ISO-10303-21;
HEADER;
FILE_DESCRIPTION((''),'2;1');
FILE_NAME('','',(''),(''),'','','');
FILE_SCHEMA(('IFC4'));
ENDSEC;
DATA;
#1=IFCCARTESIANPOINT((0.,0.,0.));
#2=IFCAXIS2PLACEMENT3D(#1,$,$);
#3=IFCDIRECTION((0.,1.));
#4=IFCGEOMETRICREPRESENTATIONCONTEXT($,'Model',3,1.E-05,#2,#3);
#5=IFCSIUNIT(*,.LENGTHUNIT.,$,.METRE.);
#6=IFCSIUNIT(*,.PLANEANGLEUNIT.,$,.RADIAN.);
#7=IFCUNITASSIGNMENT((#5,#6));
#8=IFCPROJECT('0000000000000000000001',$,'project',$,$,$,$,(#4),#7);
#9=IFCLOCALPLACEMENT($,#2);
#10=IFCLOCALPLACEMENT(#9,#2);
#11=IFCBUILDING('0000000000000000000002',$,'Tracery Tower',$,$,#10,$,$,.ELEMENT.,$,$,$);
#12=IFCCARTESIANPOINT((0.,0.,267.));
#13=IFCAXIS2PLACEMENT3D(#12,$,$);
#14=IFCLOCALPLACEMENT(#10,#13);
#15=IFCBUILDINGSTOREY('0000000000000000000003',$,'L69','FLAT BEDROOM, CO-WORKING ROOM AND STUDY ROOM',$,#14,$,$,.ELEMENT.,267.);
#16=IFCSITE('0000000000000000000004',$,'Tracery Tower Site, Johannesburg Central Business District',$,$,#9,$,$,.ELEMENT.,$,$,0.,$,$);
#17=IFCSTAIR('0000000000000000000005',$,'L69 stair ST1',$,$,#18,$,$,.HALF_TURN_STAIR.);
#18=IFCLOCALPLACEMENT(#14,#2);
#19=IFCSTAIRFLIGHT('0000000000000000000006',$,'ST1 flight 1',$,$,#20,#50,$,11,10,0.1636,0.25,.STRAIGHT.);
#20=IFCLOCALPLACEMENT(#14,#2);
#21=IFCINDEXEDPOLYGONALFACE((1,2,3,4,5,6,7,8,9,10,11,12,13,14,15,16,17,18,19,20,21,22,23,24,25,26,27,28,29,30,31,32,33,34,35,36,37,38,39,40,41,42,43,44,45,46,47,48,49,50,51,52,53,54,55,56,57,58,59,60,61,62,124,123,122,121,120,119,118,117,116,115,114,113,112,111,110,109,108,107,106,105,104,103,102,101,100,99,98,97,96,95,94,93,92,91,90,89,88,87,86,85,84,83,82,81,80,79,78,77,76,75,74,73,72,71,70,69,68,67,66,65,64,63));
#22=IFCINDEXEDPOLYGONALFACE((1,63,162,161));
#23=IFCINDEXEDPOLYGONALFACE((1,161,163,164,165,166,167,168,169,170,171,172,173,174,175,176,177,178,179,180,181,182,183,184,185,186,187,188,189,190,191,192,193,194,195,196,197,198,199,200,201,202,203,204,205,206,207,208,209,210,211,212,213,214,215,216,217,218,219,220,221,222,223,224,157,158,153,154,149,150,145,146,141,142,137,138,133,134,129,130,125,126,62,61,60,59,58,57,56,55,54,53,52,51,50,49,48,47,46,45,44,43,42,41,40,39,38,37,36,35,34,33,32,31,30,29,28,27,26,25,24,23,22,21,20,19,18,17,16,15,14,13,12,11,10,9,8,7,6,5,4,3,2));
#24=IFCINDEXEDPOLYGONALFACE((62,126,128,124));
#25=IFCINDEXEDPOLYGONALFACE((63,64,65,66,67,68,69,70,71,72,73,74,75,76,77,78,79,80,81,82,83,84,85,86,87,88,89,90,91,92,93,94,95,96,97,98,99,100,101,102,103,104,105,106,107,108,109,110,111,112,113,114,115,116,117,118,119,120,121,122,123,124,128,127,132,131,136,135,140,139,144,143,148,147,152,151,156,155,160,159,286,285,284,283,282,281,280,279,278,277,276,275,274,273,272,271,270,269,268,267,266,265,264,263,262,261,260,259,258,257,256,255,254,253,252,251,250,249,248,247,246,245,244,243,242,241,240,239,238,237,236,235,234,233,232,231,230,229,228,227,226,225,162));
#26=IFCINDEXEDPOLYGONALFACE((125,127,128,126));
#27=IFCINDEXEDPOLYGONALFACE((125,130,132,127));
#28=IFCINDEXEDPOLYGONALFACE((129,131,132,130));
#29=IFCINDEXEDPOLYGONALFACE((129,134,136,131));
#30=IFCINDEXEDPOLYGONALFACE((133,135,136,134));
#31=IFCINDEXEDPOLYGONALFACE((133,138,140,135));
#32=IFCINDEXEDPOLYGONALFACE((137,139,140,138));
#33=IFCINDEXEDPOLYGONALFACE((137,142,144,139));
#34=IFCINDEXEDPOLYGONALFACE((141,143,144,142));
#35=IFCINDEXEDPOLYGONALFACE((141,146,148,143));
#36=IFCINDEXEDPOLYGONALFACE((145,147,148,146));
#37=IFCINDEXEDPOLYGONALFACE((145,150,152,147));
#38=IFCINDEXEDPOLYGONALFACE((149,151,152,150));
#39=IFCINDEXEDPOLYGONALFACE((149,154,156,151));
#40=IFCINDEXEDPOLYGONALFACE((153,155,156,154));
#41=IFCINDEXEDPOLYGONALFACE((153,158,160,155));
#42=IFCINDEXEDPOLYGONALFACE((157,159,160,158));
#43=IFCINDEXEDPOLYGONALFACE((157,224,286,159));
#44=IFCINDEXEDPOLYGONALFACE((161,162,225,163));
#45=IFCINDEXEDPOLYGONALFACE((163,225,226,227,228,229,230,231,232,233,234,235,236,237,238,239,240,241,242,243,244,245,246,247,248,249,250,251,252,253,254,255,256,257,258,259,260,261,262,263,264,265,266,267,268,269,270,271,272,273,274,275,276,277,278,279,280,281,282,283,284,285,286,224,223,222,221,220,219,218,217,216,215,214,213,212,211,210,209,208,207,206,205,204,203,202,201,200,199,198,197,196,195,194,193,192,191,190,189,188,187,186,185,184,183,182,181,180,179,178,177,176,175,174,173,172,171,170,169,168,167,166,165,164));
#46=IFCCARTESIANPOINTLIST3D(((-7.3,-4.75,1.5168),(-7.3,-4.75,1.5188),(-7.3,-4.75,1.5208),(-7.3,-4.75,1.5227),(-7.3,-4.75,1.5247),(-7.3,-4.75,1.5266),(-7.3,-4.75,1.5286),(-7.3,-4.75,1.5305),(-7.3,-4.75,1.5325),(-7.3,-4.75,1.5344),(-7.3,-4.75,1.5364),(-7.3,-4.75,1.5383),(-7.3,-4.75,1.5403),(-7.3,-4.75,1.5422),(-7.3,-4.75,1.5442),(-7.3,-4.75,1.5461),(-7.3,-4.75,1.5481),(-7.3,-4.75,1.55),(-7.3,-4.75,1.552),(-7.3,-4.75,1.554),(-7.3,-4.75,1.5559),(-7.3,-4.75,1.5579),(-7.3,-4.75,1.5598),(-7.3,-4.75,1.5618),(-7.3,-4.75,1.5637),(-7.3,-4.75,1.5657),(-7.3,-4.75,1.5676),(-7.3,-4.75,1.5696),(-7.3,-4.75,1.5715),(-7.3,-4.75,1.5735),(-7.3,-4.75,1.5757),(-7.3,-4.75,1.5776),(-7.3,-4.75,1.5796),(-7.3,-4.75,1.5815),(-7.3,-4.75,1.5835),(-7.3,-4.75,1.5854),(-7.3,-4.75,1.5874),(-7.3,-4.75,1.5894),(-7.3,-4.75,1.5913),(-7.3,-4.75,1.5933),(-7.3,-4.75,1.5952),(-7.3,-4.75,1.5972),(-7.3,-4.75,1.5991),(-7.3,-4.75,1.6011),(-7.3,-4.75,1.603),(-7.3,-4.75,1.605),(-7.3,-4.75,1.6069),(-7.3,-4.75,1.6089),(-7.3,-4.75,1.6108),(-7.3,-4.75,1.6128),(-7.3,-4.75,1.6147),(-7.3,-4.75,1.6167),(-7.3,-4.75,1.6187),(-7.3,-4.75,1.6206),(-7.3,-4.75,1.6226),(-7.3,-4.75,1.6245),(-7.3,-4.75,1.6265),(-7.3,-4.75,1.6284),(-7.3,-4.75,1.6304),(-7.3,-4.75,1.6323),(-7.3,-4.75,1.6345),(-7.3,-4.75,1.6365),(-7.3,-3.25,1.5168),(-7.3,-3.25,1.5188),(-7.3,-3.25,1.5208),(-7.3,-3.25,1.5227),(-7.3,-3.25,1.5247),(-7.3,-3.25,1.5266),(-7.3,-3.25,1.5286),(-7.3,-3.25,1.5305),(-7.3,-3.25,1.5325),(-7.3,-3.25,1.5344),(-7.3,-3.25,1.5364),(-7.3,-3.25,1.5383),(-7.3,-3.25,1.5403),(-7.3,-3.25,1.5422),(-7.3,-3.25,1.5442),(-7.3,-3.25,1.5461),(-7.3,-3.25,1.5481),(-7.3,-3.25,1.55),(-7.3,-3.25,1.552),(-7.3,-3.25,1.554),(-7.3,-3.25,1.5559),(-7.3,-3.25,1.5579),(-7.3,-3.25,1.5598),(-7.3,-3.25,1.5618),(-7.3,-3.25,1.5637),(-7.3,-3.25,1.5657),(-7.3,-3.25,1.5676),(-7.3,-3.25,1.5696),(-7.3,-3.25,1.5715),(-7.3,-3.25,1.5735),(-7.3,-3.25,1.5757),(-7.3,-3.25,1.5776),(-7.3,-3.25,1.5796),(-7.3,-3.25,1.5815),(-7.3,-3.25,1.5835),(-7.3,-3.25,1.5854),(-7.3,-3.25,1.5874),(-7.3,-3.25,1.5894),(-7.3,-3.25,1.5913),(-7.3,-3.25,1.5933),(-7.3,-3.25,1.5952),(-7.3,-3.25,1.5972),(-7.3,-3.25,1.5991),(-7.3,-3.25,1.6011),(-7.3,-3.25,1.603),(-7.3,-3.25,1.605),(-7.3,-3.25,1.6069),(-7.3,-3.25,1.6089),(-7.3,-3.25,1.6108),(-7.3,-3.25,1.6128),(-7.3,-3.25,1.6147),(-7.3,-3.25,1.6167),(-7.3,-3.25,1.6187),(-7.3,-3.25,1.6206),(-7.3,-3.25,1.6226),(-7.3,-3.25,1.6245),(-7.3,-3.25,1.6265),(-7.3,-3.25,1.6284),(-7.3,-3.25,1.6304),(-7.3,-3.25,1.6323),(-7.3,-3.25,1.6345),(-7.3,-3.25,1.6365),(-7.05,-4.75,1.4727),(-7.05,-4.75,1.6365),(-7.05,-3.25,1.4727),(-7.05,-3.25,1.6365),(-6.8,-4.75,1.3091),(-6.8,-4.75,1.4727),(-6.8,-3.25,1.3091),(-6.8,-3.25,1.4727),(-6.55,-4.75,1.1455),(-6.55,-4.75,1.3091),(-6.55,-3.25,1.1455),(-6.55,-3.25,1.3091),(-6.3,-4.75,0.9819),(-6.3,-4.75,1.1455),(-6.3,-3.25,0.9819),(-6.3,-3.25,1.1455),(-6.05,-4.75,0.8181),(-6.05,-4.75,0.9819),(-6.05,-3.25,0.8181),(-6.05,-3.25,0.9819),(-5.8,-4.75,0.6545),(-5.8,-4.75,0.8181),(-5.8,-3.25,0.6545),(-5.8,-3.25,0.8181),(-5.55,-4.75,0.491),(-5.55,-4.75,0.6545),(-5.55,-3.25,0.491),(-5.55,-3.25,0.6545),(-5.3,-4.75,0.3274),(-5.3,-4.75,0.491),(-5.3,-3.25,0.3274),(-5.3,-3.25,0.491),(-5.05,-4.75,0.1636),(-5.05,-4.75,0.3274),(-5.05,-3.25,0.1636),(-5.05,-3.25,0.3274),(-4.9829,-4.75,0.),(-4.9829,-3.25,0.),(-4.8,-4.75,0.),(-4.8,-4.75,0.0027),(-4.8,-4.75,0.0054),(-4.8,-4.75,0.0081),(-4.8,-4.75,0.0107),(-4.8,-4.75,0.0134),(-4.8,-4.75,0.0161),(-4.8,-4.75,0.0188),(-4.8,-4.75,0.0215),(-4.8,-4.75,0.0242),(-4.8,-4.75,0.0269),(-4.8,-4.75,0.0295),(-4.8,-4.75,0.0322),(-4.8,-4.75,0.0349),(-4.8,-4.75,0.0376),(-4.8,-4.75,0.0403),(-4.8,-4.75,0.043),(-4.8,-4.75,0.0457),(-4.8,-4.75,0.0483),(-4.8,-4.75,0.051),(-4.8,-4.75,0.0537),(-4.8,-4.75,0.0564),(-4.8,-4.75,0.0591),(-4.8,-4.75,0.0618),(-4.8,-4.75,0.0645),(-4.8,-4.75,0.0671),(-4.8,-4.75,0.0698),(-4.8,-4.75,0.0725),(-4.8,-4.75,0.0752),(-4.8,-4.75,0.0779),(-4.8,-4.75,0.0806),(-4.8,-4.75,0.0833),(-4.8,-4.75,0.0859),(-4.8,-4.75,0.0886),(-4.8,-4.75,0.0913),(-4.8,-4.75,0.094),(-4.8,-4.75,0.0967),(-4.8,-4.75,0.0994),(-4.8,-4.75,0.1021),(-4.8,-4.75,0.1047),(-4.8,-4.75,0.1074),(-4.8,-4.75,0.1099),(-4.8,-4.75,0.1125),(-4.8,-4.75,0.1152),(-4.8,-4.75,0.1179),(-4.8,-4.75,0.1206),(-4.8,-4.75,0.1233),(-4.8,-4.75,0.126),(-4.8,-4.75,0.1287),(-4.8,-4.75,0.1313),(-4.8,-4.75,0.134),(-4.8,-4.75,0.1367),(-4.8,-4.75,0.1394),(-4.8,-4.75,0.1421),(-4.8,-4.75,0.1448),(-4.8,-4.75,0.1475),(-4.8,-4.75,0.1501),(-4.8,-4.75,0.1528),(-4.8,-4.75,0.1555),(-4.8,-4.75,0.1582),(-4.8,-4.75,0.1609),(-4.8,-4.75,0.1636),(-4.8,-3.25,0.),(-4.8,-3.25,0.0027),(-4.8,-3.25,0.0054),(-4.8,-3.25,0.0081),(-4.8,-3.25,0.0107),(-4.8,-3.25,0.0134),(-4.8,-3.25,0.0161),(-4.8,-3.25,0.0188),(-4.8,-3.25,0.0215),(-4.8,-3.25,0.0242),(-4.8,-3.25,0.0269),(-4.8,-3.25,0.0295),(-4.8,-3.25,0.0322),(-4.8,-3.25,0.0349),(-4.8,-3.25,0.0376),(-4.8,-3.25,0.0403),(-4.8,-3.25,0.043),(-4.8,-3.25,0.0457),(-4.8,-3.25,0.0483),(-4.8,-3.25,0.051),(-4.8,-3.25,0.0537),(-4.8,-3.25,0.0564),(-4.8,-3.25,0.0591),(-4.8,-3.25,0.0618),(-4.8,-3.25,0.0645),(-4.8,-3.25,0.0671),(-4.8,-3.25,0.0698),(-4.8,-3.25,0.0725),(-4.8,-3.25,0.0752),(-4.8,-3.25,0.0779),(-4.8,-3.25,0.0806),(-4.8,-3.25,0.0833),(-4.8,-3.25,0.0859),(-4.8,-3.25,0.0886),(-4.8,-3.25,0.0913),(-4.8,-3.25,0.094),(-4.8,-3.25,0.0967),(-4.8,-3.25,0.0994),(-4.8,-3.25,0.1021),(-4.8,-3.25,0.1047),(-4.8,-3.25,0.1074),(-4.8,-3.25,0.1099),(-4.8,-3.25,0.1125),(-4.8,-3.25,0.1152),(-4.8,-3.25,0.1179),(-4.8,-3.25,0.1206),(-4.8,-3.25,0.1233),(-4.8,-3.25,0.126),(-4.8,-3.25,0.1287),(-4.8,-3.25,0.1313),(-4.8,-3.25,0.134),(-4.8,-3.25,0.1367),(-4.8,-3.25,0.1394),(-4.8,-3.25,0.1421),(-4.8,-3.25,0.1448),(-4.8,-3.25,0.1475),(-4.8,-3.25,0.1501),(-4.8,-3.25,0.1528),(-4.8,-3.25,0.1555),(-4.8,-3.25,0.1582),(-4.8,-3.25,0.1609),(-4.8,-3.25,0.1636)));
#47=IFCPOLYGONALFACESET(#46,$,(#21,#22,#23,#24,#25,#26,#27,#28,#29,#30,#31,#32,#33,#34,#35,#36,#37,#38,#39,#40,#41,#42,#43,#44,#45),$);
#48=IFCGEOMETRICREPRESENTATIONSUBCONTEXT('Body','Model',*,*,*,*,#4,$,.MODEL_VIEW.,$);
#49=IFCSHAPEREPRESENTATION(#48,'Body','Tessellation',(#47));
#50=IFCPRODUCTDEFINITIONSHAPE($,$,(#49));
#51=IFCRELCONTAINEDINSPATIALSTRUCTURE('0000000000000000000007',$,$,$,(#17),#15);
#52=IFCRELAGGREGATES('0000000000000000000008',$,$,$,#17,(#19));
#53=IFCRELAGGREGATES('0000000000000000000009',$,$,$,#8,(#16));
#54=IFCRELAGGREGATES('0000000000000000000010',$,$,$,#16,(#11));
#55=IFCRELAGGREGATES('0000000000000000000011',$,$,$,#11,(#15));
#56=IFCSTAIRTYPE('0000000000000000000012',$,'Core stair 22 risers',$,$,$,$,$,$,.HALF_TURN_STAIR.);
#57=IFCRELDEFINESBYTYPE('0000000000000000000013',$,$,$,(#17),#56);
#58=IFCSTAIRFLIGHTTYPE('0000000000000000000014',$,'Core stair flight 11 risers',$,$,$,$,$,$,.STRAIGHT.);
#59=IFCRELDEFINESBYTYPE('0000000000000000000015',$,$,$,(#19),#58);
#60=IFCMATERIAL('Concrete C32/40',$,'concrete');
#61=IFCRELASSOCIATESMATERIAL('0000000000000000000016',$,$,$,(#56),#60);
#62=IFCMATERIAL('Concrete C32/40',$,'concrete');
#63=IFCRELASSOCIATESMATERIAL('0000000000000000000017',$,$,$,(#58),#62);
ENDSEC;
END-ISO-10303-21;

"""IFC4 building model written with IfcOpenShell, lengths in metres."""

from ifc_helpers import new_model, si_unit, direction, frame, origin, place, context, subcontext, project, spatial, polyline, outline, extrude, material, type_object, element, aggregate, save


model = new_model("IFC4")

# Units and contexts
model_context = context("Model", 3, precision=1e-05, world=origin(), true_north=direction((0.0, 1.0)))
body_context = subcontext(model_context, "Body", "Model", "MODEL_VIEW")
ifc_project = project(units=[si_unit("LENGTHUNIT", "METRE"), si_unit("PLANEANGLEUNIT", "RADIAN")], contexts=[model_context])

# Site, building, storey
site_placement = place(None, origin())
site = spatial("IfcSite", under=ifc_project, at=site_placement, Name="Tracery Tower Site, Johannesburg Central Business District", CompositionType="ELEMENT", RefElevation=0.0)
building_placement = place(site_placement, origin())
building = spatial("IfcBuilding", under=site, at=building_placement, Name="Tracery Tower", CompositionType="ELEMENT")
storey_placement = place(building_placement, frame((0.0, 0.0, 267.0)))
storey = spatial("IfcBuildingStorey", under=building, at=storey_placement, Name="L69", Description="FLAT BEDROOM, CO-WORKING ROOM AND STUDY ROOM", CompositionType="ELEMENT", Elevation=267.0)

# Stair, stair flight
ifc_material_1 = material(Name="Concrete C32/40", Category="concrete")
stair_type = type_object("IfcStairType", Name="Core stair 22 risers", PredefinedType="HALF_TURN_STAIR", material=ifc_material_1)
stair_placement = place(storey_placement, origin())
stair = element("IfcStair", 1, at=stair_placement, inside=storey, type_object=stair_type, Name="L69 stair ST1", PredefinedType="HALF_TURN_STAIR")
ifc_material_2 = material(Name="Concrete C32/40", Category="concrete")
stair_flight_type = type_object("IfcStairFlightType", Name="Core stair flight 11 risers", PredefinedType="STRAIGHT", material=ifc_material_2)
stair_flight_1_placement = place(storey_placement, frame((-4.8, -4.0, 0.0), z_axis=(0.0, 0.0, 1.0), x_axis=(-1.0, 0.0, 0.0)))
stair_flight_1 = element("IfcStairFlight", 2, at=stair_flight_1_placement, type_object=stair_flight_type, Name="ST1 flight 1", NumberOfRisers=11, NumberOfTreads=10, PredefinedType="STRAIGHT", RiserHeight=0.1636, TreadLength=0.25, context=body_context, shape_type="SweptSolid", body=[
    extrude(outline(polyline([(0.0, 0.0), (0.0, 0.0027), (0.0, 0.0054), (0.0, 0.0081), (0.0, 0.0107), (0.0, 0.0134), (0.0, 0.0161), (0.0, 0.0188), (0.0, 0.0215), (0.0, 0.0242), (0.0, 0.0269), (0.0, 0.0295), (0.0, 0.0322), (0.0, 0.0349), (0.0, 0.0376), (0.0, 0.0403), (0.0, 0.043), (0.0, 0.0457), (0.0, 0.0483), (0.0, 0.051), (0.0, 0.0537), (0.0, 0.0564), (0.0, 0.0591), (0.0, 0.0618), (0.0, 0.0645), (0.0, 0.0671), (0.0, 0.0698), (0.0, 0.0725), (0.0, 0.0752), (0.0, 0.0779), (0.0, 0.0806), (0.0, 0.0833), (0.0, 0.0859), (0.0, 0.0886), (0.0, 0.0913), (0.0, 0.094), (0.0, 0.0967), (0.0, 0.0994), (0.0, 0.1021), (0.0, 0.1047), (0.0, 0.1074), (0.0, 0.1099), (0.0, 0.1125), (0.0, 0.1152), (0.0, 0.1179), (0.0, 0.1206), (0.0, 0.1233), (0.0, 0.126), (0.0, 0.1287), (0.0, 0.1313), (0.0, 0.134), (0.0, 0.1367), (0.0, 0.1394), (0.0, 0.1421), (0.0, 0.1448), (0.0, 0.1475), (0.0, 0.1501), (0.0, 0.1528), (0.0, 0.1555), (0.0, 0.1582), (0.0, 0.1609), (0.0, 0.1636), (0.25, 0.1636), (0.25, 0.3274), (0.5, 0.3274), (0.5, 0.491), (0.75, 0.491), (0.75, 0.6545), (1.0, 0.6545), (1.0, 0.8181), (1.25, 0.8181), (1.25, 0.9819), (1.5, 0.9819), (1.5, 1.1455), (1.75, 1.1455), (1.75, 1.3091), (2.0, 1.3091), (2.0, 1.4727), (2.25, 1.4727), (2.25, 1.6365), (2.5, 1.6365), (2.5, 1.6345), (2.5, 1.6323), (2.5, 1.6304), (2.5, 1.6284), (2.5, 1.6265), (2.5, 1.6245), (2.5, 1.6226), (2.5, 1.6206), (2.5, 1.6187), (2.5, 1.6167), (2.5, 1.6147), (2.5, 1.6128), (2.5, 1.6108), (2.5, 1.6089), (2.5, 1.6069), (2.5, 1.605), (2.5, 1.603), (2.5, 1.6011), (2.5, 1.5991), (2.5, 1.5972), (2.5, 1.5952), (2.5, 1.5933), (2.5, 1.5913), (2.5, 1.5894), (2.5, 1.5874), (2.5, 1.5854), (2.5, 1.5835), (2.5, 1.5815), (2.5, 1.5796), (2.5, 1.5776), (2.5, 1.5757), (2.5, 1.5735), (2.5, 1.5715), (2.5, 1.5696), (2.5, 1.5676), (2.5, 1.5657), (2.5, 1.5637), (2.5, 1.5618), (2.5, 1.5598), (2.5, 1.5579), (2.5, 1.5559), (2.5, 1.554), (2.5, 1.552), (2.5, 1.55), (2.5, 1.5481), (2.5, 1.5461), (2.5, 1.5442), (2.5, 1.5422), (2.5, 1.5403), (2.5, 1.5383), (2.5, 1.5364), (2.5, 1.5344), (2.5, 1.5325), (2.5, 1.5305), (2.5, 1.5286), (2.5, 1.5266), (2.5, 1.5247), (2.5, 1.5227), (2.5, 1.5208), (2.5, 1.5188), (2.5, 1.5168), (0.1829, 0.0), (0.0, 0.0)])), frame((0.0, 0.75, 0.0), z_axis=(0.0, -1.0, 0.0), x_axis=(1.0, 0.0, 0.0)), (0.0, 0.0, 1.0), 1.5),
])
aggregate(stair, [stair_flight_1])

save(model, "model.ifc")
